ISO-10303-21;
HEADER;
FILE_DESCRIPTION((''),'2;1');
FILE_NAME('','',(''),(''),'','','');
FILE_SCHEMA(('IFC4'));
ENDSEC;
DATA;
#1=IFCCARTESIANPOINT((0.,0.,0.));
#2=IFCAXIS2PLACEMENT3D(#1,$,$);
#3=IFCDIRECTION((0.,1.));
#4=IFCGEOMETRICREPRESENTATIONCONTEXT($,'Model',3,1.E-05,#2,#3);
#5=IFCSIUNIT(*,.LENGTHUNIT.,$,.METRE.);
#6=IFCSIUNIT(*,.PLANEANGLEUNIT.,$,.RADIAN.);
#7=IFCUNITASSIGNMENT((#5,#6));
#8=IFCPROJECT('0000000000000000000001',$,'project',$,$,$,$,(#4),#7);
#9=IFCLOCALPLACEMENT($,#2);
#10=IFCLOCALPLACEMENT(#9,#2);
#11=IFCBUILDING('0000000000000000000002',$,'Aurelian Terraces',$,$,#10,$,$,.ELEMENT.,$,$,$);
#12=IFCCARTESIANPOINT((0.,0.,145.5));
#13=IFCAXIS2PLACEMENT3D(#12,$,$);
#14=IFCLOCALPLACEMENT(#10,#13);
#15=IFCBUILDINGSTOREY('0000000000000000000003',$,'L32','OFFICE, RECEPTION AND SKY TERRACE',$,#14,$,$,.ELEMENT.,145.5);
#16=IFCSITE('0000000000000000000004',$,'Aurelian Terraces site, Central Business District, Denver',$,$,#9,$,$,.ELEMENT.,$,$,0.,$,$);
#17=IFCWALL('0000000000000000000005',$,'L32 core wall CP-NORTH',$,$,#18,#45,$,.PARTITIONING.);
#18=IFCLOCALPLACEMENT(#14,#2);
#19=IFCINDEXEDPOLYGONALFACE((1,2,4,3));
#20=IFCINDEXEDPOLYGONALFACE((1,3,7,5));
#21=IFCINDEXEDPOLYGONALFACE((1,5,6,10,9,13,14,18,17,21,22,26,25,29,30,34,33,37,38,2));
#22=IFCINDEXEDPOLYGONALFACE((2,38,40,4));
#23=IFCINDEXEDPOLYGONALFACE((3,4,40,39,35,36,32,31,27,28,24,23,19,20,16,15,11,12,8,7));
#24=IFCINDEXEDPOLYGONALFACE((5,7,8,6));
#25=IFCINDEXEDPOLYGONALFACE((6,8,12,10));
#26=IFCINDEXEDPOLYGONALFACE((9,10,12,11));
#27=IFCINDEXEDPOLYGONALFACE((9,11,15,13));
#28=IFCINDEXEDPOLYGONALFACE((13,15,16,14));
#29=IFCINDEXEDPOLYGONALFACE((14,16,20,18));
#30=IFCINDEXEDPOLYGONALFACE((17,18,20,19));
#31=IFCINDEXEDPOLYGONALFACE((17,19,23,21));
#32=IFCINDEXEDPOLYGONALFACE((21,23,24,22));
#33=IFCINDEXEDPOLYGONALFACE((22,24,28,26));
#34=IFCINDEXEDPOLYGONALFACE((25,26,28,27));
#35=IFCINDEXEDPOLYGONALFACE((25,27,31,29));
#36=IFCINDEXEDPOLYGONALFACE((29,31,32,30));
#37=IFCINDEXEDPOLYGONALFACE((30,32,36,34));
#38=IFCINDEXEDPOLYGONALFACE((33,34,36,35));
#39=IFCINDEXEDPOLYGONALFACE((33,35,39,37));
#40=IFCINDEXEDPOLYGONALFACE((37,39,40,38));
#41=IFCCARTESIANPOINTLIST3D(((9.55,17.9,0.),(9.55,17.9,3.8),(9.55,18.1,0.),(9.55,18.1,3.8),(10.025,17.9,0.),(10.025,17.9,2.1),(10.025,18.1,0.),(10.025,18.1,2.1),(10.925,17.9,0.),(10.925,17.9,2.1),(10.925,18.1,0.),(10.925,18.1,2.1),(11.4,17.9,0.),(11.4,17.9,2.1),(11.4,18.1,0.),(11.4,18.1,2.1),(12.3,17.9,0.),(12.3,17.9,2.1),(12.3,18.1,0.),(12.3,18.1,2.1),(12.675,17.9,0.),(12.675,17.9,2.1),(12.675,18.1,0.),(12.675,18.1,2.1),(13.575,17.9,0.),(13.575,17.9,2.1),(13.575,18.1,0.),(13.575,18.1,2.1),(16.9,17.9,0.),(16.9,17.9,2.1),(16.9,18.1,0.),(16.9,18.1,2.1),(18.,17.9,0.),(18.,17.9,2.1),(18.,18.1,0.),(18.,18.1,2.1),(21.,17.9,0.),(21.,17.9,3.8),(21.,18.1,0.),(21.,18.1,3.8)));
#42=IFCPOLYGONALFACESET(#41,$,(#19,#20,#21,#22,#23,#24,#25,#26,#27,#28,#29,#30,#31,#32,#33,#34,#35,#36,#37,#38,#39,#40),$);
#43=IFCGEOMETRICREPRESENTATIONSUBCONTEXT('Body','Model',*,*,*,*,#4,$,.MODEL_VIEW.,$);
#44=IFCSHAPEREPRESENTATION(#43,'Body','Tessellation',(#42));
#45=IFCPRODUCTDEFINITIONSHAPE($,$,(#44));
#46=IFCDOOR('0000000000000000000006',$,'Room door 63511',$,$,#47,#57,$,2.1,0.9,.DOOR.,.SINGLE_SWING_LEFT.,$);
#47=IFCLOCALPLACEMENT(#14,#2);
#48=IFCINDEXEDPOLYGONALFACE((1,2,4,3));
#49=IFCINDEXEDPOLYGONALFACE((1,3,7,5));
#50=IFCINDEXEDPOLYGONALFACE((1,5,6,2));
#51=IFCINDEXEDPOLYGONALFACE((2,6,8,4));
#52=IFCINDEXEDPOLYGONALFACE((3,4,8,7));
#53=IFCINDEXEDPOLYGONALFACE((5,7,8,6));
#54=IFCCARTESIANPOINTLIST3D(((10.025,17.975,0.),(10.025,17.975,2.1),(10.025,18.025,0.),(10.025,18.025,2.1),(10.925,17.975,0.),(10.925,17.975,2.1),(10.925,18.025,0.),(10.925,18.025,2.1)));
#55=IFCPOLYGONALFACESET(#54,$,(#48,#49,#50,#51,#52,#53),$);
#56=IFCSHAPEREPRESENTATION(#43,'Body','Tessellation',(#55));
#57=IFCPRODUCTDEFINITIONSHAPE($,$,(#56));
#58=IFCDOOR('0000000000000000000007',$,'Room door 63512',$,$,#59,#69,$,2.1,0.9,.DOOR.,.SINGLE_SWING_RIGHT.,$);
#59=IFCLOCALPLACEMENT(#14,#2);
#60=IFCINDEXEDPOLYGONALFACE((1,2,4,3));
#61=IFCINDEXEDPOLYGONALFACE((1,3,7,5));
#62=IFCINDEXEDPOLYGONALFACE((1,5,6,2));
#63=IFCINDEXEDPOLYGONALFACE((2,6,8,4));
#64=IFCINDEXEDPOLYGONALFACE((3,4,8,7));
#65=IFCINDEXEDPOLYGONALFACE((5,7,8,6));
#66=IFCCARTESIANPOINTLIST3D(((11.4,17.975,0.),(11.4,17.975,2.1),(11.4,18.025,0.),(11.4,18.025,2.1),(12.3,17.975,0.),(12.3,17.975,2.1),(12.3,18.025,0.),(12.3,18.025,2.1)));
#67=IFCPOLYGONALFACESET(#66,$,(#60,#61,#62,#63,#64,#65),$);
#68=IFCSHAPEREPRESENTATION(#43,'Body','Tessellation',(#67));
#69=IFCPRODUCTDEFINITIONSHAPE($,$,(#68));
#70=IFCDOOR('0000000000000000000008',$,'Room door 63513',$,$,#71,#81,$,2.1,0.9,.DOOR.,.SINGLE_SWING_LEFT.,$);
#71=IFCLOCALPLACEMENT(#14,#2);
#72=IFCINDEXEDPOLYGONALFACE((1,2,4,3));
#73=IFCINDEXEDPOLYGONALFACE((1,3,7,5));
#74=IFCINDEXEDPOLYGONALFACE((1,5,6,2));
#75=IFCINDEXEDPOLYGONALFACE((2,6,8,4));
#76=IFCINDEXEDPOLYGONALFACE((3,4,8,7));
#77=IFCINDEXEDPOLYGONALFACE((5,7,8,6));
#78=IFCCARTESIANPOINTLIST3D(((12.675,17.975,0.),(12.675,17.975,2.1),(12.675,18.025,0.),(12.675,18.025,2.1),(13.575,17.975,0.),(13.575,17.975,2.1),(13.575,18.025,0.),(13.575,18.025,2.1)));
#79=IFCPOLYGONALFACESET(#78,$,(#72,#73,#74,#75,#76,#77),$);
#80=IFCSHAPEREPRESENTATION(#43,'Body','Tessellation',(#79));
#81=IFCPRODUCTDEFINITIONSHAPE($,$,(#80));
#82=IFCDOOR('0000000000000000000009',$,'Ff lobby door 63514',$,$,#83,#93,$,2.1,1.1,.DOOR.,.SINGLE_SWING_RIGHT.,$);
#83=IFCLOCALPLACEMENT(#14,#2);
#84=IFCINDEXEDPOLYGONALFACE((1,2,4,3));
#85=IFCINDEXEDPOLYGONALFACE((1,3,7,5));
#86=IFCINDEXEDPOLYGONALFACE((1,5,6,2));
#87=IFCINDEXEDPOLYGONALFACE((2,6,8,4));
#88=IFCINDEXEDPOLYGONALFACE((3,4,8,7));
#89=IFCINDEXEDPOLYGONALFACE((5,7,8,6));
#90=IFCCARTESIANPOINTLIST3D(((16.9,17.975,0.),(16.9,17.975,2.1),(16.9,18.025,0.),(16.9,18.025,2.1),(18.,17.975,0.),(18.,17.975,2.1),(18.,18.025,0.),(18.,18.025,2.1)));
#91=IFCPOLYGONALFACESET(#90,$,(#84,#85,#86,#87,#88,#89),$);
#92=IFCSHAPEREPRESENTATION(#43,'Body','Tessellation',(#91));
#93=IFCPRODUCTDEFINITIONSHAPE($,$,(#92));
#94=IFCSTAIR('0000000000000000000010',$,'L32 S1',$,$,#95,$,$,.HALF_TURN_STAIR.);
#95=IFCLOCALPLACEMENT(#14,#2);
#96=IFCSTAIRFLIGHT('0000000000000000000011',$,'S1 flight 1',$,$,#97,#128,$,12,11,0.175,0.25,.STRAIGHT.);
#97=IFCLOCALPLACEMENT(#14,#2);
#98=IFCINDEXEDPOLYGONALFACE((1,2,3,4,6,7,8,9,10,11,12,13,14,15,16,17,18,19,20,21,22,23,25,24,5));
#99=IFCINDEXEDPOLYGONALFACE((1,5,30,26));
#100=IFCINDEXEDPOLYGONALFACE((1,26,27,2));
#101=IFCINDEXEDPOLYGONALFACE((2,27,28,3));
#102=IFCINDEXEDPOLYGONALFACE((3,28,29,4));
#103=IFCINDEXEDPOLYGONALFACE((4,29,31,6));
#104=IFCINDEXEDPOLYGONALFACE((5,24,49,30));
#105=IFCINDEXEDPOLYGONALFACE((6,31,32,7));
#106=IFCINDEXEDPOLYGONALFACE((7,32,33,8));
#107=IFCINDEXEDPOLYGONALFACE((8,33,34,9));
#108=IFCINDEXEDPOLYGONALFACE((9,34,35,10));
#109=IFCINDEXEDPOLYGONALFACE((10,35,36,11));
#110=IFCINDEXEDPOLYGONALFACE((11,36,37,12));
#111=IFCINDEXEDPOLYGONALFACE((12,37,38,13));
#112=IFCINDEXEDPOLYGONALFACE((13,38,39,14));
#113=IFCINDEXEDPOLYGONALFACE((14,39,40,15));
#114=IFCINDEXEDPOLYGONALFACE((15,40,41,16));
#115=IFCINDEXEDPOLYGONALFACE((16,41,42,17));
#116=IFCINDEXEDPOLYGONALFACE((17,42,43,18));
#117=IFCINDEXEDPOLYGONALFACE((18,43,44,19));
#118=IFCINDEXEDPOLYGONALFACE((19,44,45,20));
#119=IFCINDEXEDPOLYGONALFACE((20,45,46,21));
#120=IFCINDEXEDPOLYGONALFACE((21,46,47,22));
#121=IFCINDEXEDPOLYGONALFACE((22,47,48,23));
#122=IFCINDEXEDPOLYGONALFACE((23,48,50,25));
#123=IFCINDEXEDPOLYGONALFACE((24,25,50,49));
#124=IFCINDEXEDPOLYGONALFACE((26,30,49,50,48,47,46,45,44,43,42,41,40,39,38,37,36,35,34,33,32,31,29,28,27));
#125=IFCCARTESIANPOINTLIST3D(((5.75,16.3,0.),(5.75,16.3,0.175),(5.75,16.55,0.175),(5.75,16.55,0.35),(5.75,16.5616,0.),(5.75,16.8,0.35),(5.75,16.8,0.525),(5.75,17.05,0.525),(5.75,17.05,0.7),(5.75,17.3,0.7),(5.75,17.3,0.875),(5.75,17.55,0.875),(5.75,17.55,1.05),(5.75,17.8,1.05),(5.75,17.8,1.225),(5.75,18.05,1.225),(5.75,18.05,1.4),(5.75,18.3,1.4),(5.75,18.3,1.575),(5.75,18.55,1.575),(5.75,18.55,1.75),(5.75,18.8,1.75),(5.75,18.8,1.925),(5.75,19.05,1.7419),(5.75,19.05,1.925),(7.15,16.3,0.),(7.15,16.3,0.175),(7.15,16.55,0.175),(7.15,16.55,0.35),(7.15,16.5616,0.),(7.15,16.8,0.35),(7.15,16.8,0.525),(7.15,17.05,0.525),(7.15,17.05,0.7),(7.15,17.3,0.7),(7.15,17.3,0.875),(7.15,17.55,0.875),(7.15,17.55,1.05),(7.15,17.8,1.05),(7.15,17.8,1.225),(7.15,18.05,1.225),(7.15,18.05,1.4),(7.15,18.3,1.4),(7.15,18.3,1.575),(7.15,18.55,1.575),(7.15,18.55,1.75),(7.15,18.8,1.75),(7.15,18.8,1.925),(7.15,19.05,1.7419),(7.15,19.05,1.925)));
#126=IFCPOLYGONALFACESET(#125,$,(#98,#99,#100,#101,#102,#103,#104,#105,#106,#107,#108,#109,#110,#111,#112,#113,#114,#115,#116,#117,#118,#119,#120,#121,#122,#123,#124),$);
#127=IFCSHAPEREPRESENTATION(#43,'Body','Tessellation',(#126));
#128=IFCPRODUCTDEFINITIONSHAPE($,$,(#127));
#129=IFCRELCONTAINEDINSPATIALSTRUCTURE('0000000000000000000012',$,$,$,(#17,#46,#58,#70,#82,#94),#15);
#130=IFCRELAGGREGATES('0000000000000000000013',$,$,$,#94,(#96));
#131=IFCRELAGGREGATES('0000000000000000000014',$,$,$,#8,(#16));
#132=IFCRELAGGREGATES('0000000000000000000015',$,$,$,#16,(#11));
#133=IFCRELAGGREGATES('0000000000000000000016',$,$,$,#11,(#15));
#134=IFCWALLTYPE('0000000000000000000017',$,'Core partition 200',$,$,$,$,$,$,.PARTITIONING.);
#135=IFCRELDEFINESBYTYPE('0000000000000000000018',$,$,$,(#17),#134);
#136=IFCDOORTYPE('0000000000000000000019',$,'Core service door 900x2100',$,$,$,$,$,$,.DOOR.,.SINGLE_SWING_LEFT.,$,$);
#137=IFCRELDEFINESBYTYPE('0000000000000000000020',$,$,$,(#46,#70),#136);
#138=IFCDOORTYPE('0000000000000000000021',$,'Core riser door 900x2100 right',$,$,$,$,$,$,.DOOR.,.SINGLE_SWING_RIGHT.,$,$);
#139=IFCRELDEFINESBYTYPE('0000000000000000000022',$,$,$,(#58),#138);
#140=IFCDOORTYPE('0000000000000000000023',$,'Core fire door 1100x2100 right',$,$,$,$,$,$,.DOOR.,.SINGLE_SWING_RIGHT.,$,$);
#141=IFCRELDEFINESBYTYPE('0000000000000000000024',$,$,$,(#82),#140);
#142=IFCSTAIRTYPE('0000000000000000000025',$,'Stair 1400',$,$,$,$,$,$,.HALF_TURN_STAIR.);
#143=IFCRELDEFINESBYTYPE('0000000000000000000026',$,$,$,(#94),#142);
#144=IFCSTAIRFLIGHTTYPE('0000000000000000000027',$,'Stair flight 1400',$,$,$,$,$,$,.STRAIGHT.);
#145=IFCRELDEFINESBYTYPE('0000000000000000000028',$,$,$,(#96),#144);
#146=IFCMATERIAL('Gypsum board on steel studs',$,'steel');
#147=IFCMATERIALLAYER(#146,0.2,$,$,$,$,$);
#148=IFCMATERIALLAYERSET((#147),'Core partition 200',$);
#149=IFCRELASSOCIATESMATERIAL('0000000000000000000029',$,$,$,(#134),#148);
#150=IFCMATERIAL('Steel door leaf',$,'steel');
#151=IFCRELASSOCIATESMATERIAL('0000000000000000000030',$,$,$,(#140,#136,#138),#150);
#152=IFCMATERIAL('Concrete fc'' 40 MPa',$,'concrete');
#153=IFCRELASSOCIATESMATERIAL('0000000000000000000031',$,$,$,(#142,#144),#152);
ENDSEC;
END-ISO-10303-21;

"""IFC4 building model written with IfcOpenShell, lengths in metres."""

from ifc_helpers import new_model, si_unit, direction, frame, frame_2d, origin, place, context, subcontext, project, spatial, polyline, rectangle, outline, extrude, source, transform, mapped, material, layer, layer_set, type_object, element, fill, aggregate, save


model = new_model("IFC4")

# Units and contexts
model_context = context("Model", 3, precision=1e-05, world=origin(), true_north=direction((0.0, 1.0)))
body_context = subcontext(model_context, "Body", "Model", "MODEL_VIEW")
ifc_project = project(units=[si_unit("LENGTHUNIT", "METRE"), si_unit("PLANEANGLEUNIT", "RADIAN")], contexts=[model_context])

# Site, building, storey
site_placement = place(None, origin())
site = spatial("IfcSite", under=ifc_project, at=site_placement, Name="Aurelian Terraces site, Central Business District, Denver", CompositionType="ELEMENT", RefElevation=0.0)
building_placement = place(site_placement, origin())
building = spatial("IfcBuilding", under=site, at=building_placement, Name="Aurelian Terraces", CompositionType="ELEMENT")
storey_placement = place(building_placement, frame((0.0, 0.0, 145.5)))
storey = spatial("IfcBuildingStorey", under=building, at=storey_placement, Name="L32", Description="OFFICE, RECEPTION AND SKY TERRACE", CompositionType="ELEMENT", Elevation=145.5)

# Shared definitions
ifc_material_1 = material(Name="Steel door leaf", Category="steel")

# Shared definitions
ifc_material_2 = material(Name="Concrete fc' 40 MPa", Category="concrete")
ifc_material_3 = material(Name="Gypsum board on steel studs", Category="steel")
ifc_layer_1 = layer(ifc_material_3, 0.2)
ifc_layer_set_1 = layer_set([ifc_layer_1], Name="Core partition 200")
wall_type_1 = type_object("IfcWallType", Name="Core partition 200", PredefinedType="PARTITIONING", material=ifc_layer_set_1)

# Shared definitions
door_type_1 = type_object("IfcDoorType", Name="Core fire door 1100x2100 right", OperationType="SINGLE_SWING_RIGHT", PredefinedType="DOOR", material=ifc_material_1)
shared_shape_1 = source(origin(), body_context, "Body", "SweptSolid", [
    extrude(rectangle(XDim=1.1, YDim=2.1, at=frame_2d((0.55, 1.05))), frame((0.0, 0.025, 0.0), z_axis=(0.0, -1.0, 0.0), x_axis=(1.0, 0.0, 0.0)), (0.0, 0.0, 1.0), 0.05),
])

# Wall, openings, doors
shared_shape_2 = source(origin(), body_context, "Body", "SweptSolid", [
    extrude(rectangle(XDim=11.45, YDim=0.2, at=frame_2d((5.725, 0.0))), origin(), (0.0, 0.0, 1.0), 3.8),
])
wall_1_placement = place(storey_placement, frame((9.55, 18.0, 0.0), z_axis=(0.0, 0.0, 1.0), x_axis=(1.0, 0.0, 0.0)))
wall_1 = element("IfcWall", 1, at=wall_1_placement, inside=storey, type_object=wall_type_1, Name="L32 core wall CP-NORTH", PredefinedType="PARTITIONING", context=body_context, shape_type="MappedRepresentation", body=[
    mapped(shared_shape_2, transform((0.0, 0.0, 0.0), scale=1.0)),
])
shared_shape_3 = source(origin(), body_context, "Body", "SweptSolid", [
    extrude(rectangle(XDim=0.9, YDim=2.1, at=frame_2d((0.45, 1.05))), frame((0.0, 0.11, 0.0), z_axis=(0.0, -1.0, 0.0), x_axis=(1.0, 0.0, 0.0)), (0.0, 0.0, 1.0), 0.22),
])
opening_1_placement = place(wall_1_placement, frame((0.475, 0.0, 0.0)))
opening_1 = element("IfcOpeningElement", 2, at=opening_1_placement, cuts=wall_1, PredefinedType="OPENING", context=body_context, shape_type="MappedRepresentation", body=[
    mapped(shared_shape_3, transform((0.0, 0.0, 0.0), scale=1.0)),
])
opening_2_placement = place(wall_1_placement, frame((1.85, 0.0, 0.0)))
opening_2 = element("IfcOpeningElement", 3, at=opening_2_placement, cuts=wall_1, PredefinedType="OPENING", context=body_context, shape_type="MappedRepresentation", body=[
    mapped(shared_shape_3, transform((0.0, 0.0, 0.0), scale=1.0)),
])
opening_3_placement = place(wall_1_placement, frame((3.125, 0.0, 0.0)))
opening_3 = element("IfcOpeningElement", 4, at=opening_3_placement, cuts=wall_1, PredefinedType="OPENING", context=body_context, shape_type="MappedRepresentation", body=[
    mapped(shared_shape_3, transform((0.0, 0.0, 0.0), scale=1.0)),
])
shared_shape_4 = source(origin(), body_context, "Body", "SweptSolid", [
    extrude(rectangle(XDim=1.1, YDim=2.1, at=frame_2d((0.55, 1.05))), frame((0.0, 0.11, 0.0), z_axis=(0.0, -1.0, 0.0), x_axis=(1.0, 0.0, 0.0)), (0.0, 0.0, 1.0), 0.22),
])
opening_4_placement = place(wall_1_placement, frame((7.35, 0.0, 0.0)))
opening_4 = element("IfcOpeningElement", 5, at=opening_4_placement, cuts=wall_1, PredefinedType="OPENING", context=body_context, shape_type="MappedRepresentation", body=[
    mapped(shared_shape_4, transform((0.0, 0.0, 0.0), scale=1.0)),
])
door_type_2 = type_object("IfcDoorType", Name="Core service door 900x2100", OperationType="SINGLE_SWING_LEFT", PredefinedType="DOOR", material=ifc_material_1)
shared_shape_5 = source(origin(), body_context, "Body", "SweptSolid", [
    extrude(rectangle(XDim=0.9, YDim=2.1, at=frame_2d((0.45, 1.05))), frame((0.0, 0.025, 0.0), z_axis=(0.0, -1.0, 0.0), x_axis=(1.0, 0.0, 0.0)), (0.0, 0.0, 1.0), 0.05),
])
door_1_placement = place(opening_1_placement, origin())
door_1 = element("IfcDoor", 6, at=door_1_placement, inside=storey, type_object=door_type_2, Name="Room door 63511", OperationType="SINGLE_SWING_LEFT", OverallHeight=2.1, OverallWidth=0.9, PredefinedType="DOOR", context=body_context, shape_type="MappedRepresentation", body=[
    mapped(shared_shape_5, transform((0.0, 0.0, 0.0), scale=1.0)),
])
fill(opening_1, door_1)
door_type_3 = type_object("IfcDoorType", Name="Core riser door 900x2100 right", OperationType="SINGLE_SWING_RIGHT", PredefinedType="DOOR", material=ifc_material_1)
door_2_placement = place(opening_2_placement, origin())
door_2 = element("IfcDoor", 7, at=door_2_placement, inside=storey, type_object=door_type_3, Name="Room door 63512", OperationType="SINGLE_SWING_RIGHT", OverallHeight=2.1, OverallWidth=0.9, PredefinedType="DOOR", context=body_context, shape_type="MappedRepresentation", body=[
    mapped(shared_shape_5, transform((0.0, 0.0, 0.0), scale=1.0)),
])
fill(opening_2, door_2)
door_3_placement = place(opening_3_placement, origin())
door_3 = element("IfcDoor", 8, at=door_3_placement, inside=storey, type_object=door_type_2, Name="Room door 63513", OperationType="SINGLE_SWING_LEFT", OverallHeight=2.1, OverallWidth=0.9, PredefinedType="DOOR", context=body_context, shape_type="MappedRepresentation", body=[
    mapped(shared_shape_5, transform((0.0, 0.0, 0.0), scale=1.0)),
])
fill(opening_3, door_3)
door_4_placement = place(opening_4_placement, origin())
door_4 = element("IfcDoor", 9, at=door_4_placement, inside=storey, type_object=door_type_1, Name="Ff lobby door 63514", OperationType="SINGLE_SWING_RIGHT", OverallHeight=2.1, OverallWidth=1.1, PredefinedType="DOOR", context=body_context, shape_type="MappedRepresentation", body=[
    mapped(shared_shape_1, transform((0.0, 0.0, 0.0), scale=1.0)),
])
fill(opening_4, door_4)

# Stair, stair flight
stair_type = type_object("IfcStairType", Name="Stair 1400", PredefinedType="HALF_TURN_STAIR", material=ifc_material_2)
stair_placement = place(storey_placement, origin())
stair = element("IfcStair", 10, at=stair_placement, inside=storey, type_object=stair_type, Name="L32 S1", PredefinedType="HALF_TURN_STAIR")
stair_flight_type = type_object("IfcStairFlightType", Name="Stair flight 1400", PredefinedType="STRAIGHT", material=ifc_material_2)
shared_shape_6 = source(origin(), body_context, "Body", "SweptSolid", [
    extrude(outline(polyline([(0.0, 0.0), (0.0, 0.175), (0.25, 0.175), (0.25, 0.35), (0.5, 0.35), (0.5, 0.525), (0.75, 0.525), (0.75, 0.7), (1.0, 0.7), (1.0, 0.875), (1.25, 0.875), (1.25, 1.05), (1.5, 1.05), (1.5, 1.225), (1.75, 1.225), (1.75, 1.4), (2.0, 1.4), (2.0, 1.575), (2.25, 1.575), (2.25, 1.75), (2.5, 1.75), (2.5, 1.925), (2.75, 1.925), (2.75, 2.1), (2.75, 1.7419), (0.2616, 0.0), (0.0, 0.0)])), frame((0.0, 0.7, 0.0), z_axis=(0.0, -1.0, 0.0), x_axis=(1.0, 0.0, 0.0)), (0.0, 0.0, 1.0), 1.4),
])
stair_flight_placement = place(storey_placement, frame((6.45, 16.3, 0.0), z_axis=(0.0, 0.0, 1.0), x_axis=(0.0, 1.0, 0.0)))
stair_flight = element("IfcStairFlight", 11, at=stair_flight_placement, type_object=stair_flight_type, Name="S1 flight 1", NumberOfRisers=12, NumberOfTreads=11, PredefinedType="STRAIGHT", RiserHeight=0.175, TreadLength=0.25, context=body_context, shape_type="MappedRepresentation", body=[
    mapped(shared_shape_6, transform((0.0, 0.0, 0.0), scale=1.0)),
])
aggregate(stair, [stair_flight])

save(model, "model.ifc")
